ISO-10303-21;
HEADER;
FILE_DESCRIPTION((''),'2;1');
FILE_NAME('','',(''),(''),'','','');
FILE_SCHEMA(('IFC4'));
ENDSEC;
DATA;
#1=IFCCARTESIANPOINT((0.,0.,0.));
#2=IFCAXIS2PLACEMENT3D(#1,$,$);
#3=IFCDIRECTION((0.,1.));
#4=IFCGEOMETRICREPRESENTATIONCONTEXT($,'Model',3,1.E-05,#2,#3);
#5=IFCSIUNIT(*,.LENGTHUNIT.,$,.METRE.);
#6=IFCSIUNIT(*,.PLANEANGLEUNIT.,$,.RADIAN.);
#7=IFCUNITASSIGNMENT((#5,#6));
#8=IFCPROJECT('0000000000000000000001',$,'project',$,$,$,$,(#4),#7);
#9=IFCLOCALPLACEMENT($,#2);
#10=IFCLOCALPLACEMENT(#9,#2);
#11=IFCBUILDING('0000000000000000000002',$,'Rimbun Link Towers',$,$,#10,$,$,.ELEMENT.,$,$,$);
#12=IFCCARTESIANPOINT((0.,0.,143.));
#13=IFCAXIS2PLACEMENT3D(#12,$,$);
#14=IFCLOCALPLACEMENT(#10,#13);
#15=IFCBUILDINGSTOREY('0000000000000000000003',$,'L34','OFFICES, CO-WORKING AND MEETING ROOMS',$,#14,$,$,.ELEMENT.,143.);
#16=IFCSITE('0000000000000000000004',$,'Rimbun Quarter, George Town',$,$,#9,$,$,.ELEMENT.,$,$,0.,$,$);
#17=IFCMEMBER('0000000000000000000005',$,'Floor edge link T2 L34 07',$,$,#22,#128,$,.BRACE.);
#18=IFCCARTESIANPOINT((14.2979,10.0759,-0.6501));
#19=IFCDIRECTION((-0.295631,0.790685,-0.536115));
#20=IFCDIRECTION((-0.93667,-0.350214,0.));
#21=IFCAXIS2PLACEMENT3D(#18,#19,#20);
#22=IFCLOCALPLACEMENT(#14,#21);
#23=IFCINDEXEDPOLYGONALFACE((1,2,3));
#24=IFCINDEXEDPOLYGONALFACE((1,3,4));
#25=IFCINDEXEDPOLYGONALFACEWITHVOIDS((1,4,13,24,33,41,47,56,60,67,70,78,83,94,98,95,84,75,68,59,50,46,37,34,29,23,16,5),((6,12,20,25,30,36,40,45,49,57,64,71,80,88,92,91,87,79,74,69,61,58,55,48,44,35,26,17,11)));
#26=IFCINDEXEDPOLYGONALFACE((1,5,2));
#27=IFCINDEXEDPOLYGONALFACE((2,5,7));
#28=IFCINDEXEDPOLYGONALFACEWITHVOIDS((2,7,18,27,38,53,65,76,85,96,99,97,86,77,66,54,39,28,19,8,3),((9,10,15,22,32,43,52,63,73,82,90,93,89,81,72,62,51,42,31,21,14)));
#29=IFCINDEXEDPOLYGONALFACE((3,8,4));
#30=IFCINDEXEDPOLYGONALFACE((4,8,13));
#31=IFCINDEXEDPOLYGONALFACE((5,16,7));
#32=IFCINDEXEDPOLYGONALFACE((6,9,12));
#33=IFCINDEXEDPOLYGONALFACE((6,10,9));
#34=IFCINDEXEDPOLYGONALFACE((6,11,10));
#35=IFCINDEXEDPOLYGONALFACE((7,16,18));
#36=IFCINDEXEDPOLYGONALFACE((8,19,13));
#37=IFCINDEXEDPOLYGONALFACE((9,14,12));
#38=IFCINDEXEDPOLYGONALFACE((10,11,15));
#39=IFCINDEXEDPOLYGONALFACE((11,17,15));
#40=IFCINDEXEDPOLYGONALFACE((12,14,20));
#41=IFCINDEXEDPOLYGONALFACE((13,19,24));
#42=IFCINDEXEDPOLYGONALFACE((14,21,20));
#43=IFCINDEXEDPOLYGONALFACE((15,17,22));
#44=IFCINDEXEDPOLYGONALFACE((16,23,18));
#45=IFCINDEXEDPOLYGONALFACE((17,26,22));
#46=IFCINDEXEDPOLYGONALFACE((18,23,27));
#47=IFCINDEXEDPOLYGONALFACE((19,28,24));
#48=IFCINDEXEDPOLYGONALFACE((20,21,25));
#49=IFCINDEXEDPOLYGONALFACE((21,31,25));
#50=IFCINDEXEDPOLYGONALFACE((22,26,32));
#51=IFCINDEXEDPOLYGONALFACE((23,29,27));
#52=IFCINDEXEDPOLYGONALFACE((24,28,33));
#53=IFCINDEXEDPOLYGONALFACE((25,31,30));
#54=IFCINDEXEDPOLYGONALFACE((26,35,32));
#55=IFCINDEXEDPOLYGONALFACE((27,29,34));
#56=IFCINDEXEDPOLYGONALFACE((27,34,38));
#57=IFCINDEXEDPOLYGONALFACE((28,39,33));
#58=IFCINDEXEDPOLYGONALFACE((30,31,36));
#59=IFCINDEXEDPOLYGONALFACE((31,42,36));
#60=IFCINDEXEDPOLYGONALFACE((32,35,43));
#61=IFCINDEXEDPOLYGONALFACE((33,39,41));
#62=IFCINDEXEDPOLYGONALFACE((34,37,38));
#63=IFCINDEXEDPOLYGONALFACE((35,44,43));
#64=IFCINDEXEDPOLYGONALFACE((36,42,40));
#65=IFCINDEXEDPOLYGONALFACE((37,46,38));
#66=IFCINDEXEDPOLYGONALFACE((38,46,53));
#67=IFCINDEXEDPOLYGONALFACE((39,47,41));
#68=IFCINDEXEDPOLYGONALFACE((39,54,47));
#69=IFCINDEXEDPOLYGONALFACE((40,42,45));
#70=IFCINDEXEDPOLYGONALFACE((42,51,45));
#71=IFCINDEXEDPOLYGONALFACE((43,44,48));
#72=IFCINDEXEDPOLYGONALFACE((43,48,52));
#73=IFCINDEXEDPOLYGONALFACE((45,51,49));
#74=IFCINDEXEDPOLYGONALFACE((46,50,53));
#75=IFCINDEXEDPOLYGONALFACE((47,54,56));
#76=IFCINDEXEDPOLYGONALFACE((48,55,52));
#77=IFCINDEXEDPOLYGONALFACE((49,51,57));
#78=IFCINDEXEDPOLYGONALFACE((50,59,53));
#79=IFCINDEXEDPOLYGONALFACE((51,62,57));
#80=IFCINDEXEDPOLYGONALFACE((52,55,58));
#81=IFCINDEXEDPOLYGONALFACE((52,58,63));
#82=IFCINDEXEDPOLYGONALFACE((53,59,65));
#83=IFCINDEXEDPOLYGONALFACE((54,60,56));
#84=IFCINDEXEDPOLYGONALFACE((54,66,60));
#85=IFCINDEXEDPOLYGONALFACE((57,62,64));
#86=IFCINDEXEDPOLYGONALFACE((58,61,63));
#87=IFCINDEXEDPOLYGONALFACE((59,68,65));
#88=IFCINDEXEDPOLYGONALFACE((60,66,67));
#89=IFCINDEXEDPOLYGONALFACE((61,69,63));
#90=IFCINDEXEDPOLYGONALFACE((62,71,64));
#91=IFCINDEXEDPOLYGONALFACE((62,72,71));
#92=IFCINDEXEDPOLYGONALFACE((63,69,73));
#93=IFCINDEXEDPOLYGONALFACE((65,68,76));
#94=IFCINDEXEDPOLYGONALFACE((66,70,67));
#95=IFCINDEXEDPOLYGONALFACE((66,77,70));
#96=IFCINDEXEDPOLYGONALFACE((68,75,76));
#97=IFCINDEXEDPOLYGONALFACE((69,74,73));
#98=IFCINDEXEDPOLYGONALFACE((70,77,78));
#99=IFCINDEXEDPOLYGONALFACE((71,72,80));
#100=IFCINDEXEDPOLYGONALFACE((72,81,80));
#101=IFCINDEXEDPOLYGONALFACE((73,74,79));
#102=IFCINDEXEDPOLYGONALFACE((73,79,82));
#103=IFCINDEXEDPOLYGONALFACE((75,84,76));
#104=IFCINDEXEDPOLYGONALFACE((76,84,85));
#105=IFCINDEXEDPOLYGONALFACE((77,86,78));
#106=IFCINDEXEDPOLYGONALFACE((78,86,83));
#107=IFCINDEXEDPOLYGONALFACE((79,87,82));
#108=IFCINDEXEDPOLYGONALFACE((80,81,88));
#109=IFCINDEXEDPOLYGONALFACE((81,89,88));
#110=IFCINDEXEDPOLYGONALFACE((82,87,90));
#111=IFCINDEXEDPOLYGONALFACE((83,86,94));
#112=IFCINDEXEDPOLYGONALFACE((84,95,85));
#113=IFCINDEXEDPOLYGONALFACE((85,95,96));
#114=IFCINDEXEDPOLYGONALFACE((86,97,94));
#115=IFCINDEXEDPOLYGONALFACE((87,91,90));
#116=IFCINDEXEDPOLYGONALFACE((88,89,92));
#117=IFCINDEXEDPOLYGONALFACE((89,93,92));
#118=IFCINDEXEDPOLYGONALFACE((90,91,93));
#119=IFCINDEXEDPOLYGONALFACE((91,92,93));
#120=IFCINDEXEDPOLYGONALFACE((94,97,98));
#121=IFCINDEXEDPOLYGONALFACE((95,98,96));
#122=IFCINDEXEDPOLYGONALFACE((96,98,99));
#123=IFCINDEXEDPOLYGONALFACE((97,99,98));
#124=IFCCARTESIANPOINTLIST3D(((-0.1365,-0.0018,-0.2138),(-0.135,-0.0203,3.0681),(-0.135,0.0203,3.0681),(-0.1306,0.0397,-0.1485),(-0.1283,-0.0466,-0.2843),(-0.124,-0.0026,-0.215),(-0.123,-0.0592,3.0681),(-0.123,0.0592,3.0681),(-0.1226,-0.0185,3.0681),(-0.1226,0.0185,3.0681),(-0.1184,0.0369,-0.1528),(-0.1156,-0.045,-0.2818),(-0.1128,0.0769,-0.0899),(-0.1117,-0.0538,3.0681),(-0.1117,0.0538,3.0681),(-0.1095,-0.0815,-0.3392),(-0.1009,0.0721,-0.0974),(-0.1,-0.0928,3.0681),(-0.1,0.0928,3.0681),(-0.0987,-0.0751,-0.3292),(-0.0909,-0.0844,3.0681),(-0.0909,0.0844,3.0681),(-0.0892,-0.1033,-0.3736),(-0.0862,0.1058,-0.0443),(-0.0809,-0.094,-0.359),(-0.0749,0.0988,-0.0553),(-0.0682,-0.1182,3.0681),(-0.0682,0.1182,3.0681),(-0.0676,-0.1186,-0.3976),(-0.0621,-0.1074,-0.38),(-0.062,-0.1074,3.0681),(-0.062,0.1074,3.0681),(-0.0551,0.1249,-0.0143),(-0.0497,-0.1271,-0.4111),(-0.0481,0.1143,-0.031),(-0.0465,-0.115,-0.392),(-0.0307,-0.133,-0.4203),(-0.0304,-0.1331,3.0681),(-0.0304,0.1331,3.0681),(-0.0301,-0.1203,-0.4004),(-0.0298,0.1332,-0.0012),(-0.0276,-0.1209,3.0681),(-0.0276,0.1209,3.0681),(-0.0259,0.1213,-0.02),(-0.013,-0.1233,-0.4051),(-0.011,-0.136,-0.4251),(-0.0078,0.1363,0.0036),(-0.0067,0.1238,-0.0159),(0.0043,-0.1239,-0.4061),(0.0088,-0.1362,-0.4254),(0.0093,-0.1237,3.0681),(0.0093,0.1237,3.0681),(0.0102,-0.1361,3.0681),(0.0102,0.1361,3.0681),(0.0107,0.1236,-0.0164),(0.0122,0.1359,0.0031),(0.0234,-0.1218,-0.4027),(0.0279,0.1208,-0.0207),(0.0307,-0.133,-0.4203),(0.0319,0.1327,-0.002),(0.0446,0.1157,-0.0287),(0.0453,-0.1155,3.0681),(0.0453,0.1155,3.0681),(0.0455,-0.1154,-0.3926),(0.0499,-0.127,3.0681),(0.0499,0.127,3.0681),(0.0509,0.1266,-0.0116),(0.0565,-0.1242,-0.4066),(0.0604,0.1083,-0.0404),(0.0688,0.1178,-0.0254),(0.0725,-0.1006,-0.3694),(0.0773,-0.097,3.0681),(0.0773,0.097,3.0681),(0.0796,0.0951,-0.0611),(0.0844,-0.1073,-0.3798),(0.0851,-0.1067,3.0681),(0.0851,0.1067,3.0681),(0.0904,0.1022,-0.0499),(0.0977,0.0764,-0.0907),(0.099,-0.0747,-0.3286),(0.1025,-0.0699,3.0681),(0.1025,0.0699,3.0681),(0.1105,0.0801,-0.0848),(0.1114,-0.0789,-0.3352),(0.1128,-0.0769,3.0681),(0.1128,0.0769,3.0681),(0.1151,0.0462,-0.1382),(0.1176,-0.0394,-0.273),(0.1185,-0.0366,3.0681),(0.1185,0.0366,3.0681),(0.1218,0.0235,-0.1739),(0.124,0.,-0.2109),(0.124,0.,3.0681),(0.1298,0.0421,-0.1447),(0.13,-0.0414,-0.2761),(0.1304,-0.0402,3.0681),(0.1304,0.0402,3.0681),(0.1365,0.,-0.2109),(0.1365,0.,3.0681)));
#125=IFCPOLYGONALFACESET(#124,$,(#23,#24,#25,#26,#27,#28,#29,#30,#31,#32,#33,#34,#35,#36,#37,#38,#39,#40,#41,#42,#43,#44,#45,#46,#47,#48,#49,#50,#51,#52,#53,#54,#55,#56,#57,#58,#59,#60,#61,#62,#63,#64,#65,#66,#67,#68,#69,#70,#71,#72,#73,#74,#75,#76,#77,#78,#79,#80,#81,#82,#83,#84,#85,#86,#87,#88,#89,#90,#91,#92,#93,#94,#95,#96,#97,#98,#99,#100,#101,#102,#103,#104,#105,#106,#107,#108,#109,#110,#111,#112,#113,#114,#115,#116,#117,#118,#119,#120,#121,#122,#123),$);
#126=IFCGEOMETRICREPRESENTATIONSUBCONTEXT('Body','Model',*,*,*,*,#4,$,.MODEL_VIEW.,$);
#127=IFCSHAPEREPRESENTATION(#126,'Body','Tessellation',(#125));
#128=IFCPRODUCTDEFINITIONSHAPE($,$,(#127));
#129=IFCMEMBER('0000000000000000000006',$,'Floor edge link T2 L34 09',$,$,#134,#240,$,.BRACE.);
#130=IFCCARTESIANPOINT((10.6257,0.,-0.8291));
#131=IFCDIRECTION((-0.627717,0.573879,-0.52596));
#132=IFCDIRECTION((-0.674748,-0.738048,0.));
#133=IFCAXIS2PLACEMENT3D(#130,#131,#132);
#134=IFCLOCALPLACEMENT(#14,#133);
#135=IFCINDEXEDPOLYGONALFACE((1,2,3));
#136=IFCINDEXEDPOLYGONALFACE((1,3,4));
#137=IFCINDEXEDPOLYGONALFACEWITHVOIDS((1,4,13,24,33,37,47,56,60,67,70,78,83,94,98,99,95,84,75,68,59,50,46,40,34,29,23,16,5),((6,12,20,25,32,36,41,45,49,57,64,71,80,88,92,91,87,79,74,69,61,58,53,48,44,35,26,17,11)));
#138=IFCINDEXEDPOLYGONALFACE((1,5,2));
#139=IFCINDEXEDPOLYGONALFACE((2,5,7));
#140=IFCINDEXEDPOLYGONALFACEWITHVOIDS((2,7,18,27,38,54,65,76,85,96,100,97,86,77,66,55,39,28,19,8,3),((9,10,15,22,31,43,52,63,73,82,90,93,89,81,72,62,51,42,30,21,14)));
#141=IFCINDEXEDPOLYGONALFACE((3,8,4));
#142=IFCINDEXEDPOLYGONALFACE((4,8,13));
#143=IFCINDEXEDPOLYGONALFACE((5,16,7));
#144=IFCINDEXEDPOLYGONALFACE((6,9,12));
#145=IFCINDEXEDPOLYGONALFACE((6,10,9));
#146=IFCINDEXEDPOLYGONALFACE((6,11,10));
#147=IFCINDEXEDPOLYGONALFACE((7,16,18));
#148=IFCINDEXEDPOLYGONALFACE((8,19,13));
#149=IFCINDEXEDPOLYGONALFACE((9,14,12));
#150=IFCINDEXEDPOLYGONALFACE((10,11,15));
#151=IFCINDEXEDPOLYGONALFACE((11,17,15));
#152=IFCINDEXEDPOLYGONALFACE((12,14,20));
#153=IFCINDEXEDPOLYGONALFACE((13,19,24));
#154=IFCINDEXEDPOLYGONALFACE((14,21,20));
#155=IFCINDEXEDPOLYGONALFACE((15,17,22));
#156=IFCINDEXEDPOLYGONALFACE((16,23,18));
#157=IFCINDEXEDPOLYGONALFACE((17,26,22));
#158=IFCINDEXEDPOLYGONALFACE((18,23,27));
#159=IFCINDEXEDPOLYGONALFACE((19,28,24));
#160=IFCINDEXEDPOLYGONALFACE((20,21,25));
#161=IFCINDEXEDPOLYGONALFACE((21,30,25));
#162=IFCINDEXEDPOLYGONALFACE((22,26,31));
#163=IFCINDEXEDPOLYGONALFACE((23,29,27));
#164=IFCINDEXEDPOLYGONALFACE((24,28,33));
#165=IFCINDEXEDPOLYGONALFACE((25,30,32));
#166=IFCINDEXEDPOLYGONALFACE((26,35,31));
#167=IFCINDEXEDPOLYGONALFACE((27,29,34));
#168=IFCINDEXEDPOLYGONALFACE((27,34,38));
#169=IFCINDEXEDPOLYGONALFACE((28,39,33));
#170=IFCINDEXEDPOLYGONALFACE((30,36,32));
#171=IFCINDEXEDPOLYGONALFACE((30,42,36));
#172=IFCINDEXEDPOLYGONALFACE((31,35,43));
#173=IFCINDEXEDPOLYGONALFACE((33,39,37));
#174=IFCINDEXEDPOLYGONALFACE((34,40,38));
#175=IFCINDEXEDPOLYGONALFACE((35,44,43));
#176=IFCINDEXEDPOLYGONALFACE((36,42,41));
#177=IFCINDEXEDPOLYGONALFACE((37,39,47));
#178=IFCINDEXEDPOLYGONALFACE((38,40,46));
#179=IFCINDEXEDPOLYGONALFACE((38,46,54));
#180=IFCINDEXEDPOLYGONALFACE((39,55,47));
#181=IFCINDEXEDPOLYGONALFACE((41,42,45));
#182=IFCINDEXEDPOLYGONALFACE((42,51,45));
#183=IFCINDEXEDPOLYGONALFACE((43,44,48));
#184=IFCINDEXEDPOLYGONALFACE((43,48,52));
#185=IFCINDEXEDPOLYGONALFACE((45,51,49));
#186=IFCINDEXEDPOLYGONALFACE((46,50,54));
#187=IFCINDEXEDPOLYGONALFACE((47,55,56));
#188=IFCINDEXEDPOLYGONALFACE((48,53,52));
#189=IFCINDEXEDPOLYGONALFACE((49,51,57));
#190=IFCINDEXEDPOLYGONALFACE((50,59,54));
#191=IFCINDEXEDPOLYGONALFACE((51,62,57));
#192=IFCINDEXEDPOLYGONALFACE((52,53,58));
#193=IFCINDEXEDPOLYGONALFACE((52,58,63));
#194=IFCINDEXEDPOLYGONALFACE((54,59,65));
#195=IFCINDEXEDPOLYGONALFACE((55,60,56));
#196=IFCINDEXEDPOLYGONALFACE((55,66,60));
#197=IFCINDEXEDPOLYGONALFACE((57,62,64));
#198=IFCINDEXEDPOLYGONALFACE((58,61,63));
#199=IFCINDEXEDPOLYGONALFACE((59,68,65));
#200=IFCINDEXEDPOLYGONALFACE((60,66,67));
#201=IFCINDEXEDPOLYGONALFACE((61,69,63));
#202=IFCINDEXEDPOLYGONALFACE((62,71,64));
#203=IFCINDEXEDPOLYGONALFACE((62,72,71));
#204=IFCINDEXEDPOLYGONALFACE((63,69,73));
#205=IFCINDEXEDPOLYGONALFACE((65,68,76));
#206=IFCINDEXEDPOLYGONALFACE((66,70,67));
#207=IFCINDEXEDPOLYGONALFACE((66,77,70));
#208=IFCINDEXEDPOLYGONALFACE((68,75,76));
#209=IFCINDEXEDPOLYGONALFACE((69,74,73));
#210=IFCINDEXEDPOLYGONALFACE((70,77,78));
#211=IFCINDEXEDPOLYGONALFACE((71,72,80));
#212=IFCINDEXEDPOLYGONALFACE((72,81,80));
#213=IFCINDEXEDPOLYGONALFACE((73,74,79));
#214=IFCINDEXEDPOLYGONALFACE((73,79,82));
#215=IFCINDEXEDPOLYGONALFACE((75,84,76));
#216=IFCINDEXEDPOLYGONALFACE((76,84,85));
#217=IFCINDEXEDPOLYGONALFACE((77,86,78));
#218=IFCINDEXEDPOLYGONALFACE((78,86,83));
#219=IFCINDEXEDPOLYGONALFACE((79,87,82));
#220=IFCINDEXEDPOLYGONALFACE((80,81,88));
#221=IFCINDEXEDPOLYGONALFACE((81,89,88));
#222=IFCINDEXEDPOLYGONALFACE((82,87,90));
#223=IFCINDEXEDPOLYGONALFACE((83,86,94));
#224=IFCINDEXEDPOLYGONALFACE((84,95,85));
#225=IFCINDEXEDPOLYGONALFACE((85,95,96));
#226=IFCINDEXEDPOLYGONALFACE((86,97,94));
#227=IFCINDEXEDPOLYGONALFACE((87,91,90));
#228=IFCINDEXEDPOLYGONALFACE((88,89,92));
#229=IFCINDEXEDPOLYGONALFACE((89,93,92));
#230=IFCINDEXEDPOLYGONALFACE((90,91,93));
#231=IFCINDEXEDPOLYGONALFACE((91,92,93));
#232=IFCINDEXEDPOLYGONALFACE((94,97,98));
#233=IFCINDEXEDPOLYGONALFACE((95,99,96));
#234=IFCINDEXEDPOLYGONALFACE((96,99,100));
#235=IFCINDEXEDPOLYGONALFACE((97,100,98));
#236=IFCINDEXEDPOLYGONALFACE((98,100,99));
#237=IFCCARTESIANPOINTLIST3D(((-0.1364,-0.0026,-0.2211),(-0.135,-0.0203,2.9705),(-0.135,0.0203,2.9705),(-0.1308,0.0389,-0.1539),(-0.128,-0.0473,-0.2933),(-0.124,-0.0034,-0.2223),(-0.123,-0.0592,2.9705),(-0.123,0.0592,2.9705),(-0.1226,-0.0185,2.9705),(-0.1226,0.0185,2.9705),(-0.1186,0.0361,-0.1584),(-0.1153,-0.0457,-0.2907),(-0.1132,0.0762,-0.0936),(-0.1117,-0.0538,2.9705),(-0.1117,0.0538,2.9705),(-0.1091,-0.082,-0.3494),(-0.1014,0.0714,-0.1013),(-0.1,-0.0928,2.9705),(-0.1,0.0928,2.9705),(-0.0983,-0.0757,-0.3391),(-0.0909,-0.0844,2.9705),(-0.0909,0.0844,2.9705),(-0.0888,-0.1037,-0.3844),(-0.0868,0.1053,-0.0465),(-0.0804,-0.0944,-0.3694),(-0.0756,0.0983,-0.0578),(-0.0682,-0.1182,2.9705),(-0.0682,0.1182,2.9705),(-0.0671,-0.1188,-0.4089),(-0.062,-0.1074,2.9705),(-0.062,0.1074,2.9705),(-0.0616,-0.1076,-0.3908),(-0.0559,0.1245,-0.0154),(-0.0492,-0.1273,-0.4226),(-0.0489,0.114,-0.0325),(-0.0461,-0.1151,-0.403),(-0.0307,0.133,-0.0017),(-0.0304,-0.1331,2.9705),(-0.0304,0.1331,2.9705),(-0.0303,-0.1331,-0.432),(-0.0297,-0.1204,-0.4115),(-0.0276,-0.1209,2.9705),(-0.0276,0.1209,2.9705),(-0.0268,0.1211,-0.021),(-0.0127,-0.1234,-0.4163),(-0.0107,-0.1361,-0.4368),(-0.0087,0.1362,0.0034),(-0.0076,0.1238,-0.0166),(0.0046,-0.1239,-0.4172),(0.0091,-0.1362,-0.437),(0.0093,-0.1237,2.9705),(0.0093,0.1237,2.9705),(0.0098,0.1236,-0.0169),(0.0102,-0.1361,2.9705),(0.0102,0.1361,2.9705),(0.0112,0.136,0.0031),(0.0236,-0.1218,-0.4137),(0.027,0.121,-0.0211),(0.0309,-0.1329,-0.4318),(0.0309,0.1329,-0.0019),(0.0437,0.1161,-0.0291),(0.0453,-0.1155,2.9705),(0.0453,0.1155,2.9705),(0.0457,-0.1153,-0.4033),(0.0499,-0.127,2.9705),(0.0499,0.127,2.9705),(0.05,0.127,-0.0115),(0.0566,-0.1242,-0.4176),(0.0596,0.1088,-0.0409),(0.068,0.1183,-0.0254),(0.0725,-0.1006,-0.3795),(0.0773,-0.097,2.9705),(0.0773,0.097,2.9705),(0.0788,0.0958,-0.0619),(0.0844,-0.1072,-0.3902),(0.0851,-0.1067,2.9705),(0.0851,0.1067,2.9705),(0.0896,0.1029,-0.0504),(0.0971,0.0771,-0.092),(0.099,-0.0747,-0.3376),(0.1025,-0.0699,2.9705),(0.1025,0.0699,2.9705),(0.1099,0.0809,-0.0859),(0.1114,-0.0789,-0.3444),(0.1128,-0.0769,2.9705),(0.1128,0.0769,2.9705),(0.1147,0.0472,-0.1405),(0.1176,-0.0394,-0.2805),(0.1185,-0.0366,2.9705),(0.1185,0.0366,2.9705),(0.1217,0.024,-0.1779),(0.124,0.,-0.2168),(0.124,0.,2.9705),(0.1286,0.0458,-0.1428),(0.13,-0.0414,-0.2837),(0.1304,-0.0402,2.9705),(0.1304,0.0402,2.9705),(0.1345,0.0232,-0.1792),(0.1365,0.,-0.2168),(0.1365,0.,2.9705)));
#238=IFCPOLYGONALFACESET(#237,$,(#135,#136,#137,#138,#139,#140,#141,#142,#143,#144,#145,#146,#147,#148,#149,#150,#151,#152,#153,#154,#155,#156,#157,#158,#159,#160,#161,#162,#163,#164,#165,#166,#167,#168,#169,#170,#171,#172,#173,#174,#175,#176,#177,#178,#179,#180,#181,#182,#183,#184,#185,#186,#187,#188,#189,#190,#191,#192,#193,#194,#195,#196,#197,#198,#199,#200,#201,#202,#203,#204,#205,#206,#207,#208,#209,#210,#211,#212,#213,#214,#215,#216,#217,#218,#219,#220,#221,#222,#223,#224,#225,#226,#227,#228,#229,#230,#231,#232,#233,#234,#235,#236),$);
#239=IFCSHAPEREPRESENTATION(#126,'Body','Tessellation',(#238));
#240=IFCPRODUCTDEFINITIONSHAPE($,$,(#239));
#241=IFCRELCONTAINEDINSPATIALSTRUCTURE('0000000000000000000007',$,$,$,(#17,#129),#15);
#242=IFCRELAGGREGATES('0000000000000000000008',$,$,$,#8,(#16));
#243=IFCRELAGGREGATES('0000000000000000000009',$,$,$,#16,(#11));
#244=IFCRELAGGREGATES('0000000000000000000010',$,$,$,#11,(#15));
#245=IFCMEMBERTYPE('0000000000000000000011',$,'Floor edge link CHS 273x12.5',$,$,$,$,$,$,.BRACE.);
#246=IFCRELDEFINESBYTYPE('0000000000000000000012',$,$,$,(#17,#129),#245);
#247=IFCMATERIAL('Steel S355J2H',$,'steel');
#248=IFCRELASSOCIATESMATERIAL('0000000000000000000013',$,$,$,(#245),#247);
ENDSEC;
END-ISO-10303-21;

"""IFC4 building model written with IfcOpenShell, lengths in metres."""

from ifc_helpers import new_model, si_unit, direction, frame, origin, origin_2d, place, context, subcontext, project, spatial, hollow_circle, extrude, clip, halfspace, material, material_profile, profile_set, type_object, element, save


model = new_model("IFC4")

# Units and contexts
model_context = context("Model", 3, precision=1e-05, world=origin(), true_north=direction((0.0, 1.0)))
body_context = subcontext(model_context, "Body", "Model", "MODEL_VIEW")
ifc_project = project(units=[si_unit("LENGTHUNIT", "METRE"), si_unit("PLANEANGLEUNIT", "RADIAN")], contexts=[model_context])

# Site, building, storey
site_placement = place(None, origin())
site = spatial("IfcSite", under=ifc_project, at=site_placement, Name="Rimbun Quarter, George Town", CompositionType="ELEMENT", RefElevation=0.0)
building_placement = place(site_placement, origin())
building = spatial("IfcBuilding", under=site, at=building_placement, Name="Rimbun Link Towers", CompositionType="ELEMENT")
storey_placement = place(building_placement, frame((0.0, 0.0, 143.0)))
storey = spatial("IfcBuildingStorey", under=building, at=storey_placement, Name="L34", Description="OFFICES, CO-WORKING AND MEETING ROOMS", CompositionType="ELEMENT", Elevation=143.0)

# Members
ifc_material_1 = material(Name="Steel S355J2H", Category="steel")
ifc_material_profile_1 = material_profile(ifc_material_1, hollow_circle(Radius=0.1365, WallThickness=0.0125, at=origin_2d()), Name="CHS 273x12.5")
ifc_profile_set_1 = profile_set([ifc_material_profile_1], Name="Steel S355J2H")
member_type_1 = type_object("IfcMemberType", Name="Floor edge link CHS 273x12.5", PredefinedType="BRACE", material=ifc_profile_set_1)
member_1_placement = place(storey_placement, frame((14.2979, 10.0759, -0.6501), z_axis=(-0.295631, 0.790685, -0.536115), x_axis=(-0.93667, -0.350214, 0.0)))
element("IfcMember", 1, at=member_1_placement, inside=storey, type_object=member_type_1, Name="Floor edge link T2 L34 07", PredefinedType="BRACE", context=body_context, shape_type="Clipping", body=[
    clip(extrude(hollow_circle(Radius=0.1365, WallThickness=0.0125, at=origin_2d()), frame((0.0, 0.0, -0.4485)), (0.0, 0.0, 1.0), 3.5166), halfspace(frame((0.0, 0.0, -0.2109), z_axis=(0.0, 0.844145, -0.536115)), False)),
])
member_2_placement = place(storey_placement, frame((10.6257, 0.0, -0.8291), z_axis=(-0.627717, 0.573879, -0.52596), x_axis=(-0.674748, -0.738048, 0.0)))
element("IfcMember", 2, at=member_2_placement, inside=storey, type_object=member_type_1, Name="Floor edge link T2 L34 09", PredefinedType="BRACE", context=body_context, shape_type="Clipping", body=[
    clip(extrude(hollow_circle(Radius=0.1365, WallThickness=0.0125, at=origin_2d()), frame((0.0, 0.0, -0.4604)), (0.0, 0.0, 1.0), 3.4309), halfspace(frame((0.0, 0.0, -0.2168), z_axis=(0.0, 0.850509, -0.52596)), False)),
])

save(model, "model.ifc")
